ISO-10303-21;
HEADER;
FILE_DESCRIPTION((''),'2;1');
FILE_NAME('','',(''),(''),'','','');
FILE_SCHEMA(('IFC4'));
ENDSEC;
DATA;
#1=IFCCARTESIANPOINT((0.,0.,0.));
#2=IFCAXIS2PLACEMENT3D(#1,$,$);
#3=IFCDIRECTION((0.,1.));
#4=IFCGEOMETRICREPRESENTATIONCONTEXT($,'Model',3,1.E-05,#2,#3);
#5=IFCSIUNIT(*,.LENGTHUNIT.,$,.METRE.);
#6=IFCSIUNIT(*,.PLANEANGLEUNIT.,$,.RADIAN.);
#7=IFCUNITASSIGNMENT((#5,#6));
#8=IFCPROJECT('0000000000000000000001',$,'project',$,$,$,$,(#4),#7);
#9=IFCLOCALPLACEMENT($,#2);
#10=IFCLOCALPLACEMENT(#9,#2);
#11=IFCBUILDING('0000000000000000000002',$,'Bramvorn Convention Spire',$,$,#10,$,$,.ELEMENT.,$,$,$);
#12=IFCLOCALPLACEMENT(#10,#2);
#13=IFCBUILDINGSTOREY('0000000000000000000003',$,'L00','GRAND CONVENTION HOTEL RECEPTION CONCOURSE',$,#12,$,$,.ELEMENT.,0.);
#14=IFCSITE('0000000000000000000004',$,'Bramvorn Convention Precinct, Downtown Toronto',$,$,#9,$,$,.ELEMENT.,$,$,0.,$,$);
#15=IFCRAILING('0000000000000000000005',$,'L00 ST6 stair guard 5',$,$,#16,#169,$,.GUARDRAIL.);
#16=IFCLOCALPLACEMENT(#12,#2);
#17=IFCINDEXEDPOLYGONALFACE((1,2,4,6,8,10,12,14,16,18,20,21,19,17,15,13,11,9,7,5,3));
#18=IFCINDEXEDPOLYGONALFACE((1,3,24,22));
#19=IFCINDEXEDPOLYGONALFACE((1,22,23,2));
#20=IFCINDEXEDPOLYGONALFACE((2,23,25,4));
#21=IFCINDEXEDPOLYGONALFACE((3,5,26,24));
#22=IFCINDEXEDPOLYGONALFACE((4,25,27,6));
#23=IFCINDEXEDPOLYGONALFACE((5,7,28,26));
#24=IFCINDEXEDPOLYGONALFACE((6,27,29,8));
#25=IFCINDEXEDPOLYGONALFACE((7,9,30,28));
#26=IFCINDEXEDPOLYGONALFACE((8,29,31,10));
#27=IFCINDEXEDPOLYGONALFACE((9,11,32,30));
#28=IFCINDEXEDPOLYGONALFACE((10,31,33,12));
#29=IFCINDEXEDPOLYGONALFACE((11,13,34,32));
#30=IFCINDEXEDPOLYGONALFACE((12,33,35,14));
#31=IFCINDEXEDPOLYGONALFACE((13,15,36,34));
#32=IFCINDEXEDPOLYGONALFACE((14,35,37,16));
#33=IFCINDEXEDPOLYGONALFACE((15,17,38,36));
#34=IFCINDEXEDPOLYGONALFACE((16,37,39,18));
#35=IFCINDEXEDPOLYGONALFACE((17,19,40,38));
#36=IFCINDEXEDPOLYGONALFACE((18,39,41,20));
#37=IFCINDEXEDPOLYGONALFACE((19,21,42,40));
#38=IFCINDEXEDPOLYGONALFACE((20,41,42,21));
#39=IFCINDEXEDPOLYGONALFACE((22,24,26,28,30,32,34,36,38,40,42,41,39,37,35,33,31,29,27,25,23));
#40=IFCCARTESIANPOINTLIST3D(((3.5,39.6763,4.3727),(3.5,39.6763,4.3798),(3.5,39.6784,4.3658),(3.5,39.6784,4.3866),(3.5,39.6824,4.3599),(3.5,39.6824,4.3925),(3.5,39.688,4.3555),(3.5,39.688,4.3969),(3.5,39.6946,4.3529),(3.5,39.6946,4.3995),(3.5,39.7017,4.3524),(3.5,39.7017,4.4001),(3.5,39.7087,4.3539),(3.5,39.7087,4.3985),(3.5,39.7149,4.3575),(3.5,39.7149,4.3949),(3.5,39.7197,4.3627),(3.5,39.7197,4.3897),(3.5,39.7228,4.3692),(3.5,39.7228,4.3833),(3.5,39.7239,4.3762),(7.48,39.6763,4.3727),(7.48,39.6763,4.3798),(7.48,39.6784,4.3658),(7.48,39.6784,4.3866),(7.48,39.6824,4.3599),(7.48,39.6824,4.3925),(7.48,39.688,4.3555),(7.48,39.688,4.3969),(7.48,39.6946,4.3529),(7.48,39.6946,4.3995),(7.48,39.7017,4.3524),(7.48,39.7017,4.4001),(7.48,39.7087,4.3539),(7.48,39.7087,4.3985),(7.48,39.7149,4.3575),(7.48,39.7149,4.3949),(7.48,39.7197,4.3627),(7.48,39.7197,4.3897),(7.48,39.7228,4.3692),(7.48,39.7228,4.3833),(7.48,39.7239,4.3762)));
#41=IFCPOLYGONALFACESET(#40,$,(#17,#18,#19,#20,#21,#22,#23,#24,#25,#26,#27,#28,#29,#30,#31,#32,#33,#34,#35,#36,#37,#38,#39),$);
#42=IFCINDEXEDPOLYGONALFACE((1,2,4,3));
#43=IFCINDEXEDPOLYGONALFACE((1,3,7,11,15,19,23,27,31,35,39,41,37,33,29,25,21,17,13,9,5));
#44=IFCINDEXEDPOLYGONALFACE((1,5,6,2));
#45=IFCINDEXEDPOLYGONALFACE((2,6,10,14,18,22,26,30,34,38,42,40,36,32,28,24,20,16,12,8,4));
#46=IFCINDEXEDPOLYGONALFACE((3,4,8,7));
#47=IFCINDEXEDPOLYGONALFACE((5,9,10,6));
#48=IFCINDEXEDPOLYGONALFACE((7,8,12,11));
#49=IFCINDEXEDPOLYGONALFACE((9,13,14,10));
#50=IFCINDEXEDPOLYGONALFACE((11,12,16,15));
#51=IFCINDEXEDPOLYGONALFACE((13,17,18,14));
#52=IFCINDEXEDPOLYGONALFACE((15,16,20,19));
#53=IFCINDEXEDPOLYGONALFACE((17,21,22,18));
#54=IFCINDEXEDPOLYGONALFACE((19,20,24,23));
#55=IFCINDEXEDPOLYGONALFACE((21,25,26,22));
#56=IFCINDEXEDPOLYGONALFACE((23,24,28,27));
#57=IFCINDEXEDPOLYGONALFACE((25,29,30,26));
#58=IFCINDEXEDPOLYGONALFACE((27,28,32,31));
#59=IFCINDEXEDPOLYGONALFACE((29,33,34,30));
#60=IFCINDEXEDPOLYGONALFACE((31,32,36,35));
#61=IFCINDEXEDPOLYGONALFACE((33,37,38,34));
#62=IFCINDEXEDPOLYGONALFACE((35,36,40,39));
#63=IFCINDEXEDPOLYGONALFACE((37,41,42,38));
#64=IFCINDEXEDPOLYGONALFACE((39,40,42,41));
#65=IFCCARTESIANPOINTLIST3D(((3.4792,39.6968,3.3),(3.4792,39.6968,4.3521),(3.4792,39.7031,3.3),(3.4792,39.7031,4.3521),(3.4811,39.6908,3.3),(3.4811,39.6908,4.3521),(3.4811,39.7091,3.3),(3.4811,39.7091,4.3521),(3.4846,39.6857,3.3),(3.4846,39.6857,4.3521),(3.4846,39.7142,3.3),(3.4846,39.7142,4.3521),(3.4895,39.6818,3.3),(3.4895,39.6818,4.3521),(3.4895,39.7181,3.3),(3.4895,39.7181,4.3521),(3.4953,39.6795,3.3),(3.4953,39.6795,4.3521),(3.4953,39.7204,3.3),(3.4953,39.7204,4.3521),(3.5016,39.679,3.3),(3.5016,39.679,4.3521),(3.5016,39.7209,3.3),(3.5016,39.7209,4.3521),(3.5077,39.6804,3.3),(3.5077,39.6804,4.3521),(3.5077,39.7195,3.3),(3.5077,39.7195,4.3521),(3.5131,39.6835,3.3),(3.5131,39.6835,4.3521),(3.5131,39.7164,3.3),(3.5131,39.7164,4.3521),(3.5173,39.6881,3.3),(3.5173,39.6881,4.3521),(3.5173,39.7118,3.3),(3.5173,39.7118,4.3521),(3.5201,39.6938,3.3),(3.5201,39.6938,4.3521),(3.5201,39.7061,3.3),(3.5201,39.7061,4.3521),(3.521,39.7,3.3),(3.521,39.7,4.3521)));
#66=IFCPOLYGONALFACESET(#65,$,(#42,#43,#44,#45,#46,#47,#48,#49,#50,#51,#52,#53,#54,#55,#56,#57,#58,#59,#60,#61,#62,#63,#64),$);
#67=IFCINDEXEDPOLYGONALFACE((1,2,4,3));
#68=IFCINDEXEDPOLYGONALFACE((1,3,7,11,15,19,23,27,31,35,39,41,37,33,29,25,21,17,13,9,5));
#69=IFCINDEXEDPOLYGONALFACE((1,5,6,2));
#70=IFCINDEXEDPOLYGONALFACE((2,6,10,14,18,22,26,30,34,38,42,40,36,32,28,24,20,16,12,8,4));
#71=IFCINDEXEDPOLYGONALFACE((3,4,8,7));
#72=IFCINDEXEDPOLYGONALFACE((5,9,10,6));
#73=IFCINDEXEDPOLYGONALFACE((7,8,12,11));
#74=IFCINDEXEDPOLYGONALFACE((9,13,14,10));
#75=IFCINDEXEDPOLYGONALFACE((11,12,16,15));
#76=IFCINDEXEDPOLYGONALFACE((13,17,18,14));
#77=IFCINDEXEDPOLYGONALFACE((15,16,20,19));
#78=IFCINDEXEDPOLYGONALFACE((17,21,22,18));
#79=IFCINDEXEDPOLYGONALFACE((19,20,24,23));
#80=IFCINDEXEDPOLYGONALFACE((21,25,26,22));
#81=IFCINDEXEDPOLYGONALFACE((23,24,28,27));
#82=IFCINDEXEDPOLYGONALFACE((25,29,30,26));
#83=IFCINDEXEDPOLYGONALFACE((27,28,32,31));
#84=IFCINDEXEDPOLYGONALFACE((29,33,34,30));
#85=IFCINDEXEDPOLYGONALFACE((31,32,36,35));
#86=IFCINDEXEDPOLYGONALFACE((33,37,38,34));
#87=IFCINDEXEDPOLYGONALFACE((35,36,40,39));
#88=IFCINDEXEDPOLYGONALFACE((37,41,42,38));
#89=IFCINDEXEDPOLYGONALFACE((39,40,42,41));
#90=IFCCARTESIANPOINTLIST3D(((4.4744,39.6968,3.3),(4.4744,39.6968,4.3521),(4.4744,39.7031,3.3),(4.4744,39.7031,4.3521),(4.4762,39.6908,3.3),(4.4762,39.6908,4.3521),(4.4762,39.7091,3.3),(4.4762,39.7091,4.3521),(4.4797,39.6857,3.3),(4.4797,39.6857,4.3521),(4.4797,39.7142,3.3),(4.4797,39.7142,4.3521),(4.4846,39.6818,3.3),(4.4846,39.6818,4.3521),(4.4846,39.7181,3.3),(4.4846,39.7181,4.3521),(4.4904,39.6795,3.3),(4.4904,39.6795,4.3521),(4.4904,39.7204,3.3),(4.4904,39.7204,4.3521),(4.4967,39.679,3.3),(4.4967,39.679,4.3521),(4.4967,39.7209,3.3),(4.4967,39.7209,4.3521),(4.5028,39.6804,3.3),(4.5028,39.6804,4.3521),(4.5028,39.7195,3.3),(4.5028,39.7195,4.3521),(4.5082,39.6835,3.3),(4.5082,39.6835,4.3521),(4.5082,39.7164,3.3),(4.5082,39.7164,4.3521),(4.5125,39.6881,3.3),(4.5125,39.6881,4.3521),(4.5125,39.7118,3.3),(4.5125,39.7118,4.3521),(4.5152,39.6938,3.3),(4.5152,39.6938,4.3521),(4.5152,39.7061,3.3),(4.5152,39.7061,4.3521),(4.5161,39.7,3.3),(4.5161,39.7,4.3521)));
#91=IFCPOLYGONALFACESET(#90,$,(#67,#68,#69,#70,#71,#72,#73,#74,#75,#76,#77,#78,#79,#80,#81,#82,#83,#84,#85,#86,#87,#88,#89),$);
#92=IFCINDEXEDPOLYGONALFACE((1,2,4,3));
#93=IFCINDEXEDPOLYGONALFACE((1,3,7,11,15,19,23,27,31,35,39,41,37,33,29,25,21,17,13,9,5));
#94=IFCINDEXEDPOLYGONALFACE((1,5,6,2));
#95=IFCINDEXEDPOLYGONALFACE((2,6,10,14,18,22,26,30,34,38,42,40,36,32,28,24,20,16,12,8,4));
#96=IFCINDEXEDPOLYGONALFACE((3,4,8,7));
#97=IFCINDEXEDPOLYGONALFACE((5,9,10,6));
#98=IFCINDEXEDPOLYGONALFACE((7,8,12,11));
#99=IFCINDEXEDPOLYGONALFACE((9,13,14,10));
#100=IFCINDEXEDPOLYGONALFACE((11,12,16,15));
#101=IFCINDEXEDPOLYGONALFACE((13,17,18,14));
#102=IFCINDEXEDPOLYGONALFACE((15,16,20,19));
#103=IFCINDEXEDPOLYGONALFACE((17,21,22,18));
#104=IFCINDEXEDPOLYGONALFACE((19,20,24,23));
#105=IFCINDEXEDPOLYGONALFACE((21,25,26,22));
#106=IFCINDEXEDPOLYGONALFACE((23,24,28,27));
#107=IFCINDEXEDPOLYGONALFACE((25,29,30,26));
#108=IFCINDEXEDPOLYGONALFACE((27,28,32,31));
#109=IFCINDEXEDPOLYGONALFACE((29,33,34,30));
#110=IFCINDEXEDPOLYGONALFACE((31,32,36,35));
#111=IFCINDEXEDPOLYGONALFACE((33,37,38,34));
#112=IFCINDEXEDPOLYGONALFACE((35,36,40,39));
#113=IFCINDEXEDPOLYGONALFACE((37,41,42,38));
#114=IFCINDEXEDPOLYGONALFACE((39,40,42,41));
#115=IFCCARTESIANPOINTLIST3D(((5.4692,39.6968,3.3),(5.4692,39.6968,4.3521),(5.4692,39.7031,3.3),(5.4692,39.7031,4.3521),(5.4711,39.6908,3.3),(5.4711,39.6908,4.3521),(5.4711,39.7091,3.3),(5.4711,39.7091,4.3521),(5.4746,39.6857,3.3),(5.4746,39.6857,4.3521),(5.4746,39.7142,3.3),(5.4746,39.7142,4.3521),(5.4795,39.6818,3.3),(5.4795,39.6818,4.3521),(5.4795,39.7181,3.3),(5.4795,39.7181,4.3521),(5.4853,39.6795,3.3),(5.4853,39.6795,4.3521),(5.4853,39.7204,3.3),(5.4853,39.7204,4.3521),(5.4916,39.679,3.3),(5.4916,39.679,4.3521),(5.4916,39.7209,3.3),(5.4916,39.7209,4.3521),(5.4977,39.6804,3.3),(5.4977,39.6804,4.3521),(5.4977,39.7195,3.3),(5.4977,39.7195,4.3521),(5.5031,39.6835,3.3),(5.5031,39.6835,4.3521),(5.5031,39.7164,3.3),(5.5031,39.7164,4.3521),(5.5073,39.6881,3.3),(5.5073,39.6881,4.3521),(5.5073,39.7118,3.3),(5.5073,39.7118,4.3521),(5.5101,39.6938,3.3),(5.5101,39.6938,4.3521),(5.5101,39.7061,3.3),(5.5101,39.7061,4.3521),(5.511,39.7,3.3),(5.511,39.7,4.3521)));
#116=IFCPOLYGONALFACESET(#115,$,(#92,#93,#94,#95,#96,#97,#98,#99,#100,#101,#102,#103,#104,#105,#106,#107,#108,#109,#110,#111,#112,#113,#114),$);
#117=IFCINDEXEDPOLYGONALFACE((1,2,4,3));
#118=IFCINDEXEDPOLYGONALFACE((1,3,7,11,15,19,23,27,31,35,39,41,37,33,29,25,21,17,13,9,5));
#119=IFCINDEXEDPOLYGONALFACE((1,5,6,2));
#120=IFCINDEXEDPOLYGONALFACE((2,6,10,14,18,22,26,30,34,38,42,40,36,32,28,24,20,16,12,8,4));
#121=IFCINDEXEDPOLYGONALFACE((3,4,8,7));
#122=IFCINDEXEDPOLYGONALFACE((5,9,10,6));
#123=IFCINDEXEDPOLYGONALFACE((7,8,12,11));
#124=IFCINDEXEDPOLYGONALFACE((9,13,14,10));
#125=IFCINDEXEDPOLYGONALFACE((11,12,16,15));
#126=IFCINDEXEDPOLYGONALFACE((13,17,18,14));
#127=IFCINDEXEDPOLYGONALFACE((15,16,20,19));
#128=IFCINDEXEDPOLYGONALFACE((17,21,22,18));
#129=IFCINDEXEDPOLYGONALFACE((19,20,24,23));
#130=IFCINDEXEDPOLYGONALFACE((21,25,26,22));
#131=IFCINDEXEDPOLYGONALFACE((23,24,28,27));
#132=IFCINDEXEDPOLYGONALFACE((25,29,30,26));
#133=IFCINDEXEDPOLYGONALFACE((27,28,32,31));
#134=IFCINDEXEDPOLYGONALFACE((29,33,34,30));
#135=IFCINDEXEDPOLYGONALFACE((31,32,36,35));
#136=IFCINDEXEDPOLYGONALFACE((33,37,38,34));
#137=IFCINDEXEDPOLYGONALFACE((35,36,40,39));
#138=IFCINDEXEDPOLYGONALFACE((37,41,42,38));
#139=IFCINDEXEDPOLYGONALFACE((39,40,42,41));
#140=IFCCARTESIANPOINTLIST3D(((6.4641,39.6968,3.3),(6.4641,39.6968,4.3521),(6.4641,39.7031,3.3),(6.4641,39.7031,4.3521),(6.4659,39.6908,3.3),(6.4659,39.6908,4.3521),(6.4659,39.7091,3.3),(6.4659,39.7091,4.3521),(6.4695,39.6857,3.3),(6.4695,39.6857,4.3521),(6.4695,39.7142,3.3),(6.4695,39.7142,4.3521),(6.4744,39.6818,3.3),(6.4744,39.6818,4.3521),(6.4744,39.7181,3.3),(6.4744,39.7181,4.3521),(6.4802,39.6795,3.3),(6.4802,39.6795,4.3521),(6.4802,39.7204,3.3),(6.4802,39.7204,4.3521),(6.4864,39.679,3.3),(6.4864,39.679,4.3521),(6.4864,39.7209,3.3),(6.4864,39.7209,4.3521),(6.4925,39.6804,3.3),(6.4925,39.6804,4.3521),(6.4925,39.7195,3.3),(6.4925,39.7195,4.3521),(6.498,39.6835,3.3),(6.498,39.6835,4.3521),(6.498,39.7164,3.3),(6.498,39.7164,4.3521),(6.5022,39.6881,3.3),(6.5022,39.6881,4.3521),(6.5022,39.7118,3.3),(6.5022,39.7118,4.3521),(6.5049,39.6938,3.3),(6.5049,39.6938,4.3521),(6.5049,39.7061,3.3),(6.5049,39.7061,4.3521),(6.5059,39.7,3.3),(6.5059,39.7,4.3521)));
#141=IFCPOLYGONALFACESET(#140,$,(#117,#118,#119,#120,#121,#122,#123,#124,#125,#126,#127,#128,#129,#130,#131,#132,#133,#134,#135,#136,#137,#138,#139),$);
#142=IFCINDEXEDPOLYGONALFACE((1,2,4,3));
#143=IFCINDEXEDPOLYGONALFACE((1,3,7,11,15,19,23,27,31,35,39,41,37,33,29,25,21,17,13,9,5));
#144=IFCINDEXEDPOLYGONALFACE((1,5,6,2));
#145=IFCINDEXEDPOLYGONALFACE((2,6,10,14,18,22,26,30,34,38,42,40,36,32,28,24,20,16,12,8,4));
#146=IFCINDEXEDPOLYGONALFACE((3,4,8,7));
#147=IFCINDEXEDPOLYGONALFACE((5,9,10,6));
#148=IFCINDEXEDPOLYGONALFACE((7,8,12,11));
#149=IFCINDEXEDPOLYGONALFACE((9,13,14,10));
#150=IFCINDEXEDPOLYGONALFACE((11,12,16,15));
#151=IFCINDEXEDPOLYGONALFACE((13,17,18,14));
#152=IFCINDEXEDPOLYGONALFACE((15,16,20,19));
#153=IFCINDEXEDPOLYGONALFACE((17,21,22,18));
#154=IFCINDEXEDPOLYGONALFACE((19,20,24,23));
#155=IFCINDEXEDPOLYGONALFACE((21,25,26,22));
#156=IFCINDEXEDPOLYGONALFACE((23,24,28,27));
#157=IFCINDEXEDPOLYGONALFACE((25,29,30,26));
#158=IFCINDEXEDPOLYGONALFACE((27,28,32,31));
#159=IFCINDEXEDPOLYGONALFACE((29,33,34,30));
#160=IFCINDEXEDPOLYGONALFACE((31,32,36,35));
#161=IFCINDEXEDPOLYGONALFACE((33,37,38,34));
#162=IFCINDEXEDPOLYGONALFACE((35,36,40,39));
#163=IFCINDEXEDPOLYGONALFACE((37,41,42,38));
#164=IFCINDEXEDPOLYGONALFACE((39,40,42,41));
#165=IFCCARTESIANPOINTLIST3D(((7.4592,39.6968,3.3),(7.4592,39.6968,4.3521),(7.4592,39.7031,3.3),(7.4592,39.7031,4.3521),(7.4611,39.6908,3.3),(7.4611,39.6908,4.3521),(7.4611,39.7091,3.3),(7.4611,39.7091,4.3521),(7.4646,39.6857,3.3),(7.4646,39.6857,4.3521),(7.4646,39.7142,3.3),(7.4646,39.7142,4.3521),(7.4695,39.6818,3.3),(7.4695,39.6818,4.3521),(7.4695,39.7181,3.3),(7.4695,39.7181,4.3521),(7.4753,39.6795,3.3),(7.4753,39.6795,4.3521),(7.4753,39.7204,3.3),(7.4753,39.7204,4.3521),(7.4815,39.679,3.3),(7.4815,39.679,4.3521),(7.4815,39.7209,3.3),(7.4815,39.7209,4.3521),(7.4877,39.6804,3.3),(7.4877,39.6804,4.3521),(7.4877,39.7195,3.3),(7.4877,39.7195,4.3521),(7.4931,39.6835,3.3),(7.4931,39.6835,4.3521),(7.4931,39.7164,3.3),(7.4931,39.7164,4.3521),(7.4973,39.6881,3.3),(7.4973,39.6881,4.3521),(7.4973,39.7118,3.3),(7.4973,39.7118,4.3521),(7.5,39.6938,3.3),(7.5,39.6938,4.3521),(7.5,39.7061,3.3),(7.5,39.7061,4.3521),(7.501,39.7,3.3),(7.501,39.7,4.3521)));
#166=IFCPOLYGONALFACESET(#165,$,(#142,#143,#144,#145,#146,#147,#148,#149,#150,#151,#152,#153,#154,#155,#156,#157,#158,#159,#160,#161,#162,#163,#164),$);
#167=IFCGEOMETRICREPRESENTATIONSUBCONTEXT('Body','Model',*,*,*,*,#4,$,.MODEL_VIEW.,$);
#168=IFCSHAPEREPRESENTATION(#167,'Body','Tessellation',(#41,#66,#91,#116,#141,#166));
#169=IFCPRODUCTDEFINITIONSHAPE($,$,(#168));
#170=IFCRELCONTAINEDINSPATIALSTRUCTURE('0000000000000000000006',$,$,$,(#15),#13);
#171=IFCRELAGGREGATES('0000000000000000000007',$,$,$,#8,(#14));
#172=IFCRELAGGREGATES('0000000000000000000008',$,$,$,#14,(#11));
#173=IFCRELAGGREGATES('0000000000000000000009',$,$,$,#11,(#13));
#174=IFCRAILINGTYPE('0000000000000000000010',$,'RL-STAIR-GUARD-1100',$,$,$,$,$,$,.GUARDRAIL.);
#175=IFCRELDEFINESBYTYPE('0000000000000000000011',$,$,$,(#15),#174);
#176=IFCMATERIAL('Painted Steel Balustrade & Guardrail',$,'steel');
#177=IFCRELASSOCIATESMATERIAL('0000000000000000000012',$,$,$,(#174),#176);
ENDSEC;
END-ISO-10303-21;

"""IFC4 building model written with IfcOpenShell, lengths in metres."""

from ifc_helpers import new_model, si_unit, direction, frame, origin, origin_2d, place, context, subcontext, project, spatial, circle, extrude, material, type_object, element, save


model = new_model("IFC4")

# Units and contexts
model_context = context("Model", 3, precision=1e-05, world=origin(), true_north=direction((0.0, 1.0)))
body_context = subcontext(model_context, "Body", "Model", "MODEL_VIEW")
ifc_project = project(units=[si_unit("LENGTHUNIT", "METRE"), si_unit("PLANEANGLEUNIT", "RADIAN")], contexts=[model_context])

# Site, building, storey
site_placement = place(None, origin())
site = spatial("IfcSite", under=ifc_project, at=site_placement, Name="Bramvorn Convention Precinct, Downtown Toronto", CompositionType="ELEMENT", RefElevation=0.0)
building_placement = place(site_placement, origin())
building = spatial("IfcBuilding", under=site, at=building_placement, Name="Bramvorn Convention Spire", CompositionType="ELEMENT")
storey_placement = place(building_placement, origin())
storey = spatial("IfcBuildingStorey", under=building, at=storey_placement, Name="L00", Description="GRAND CONVENTION HOTEL RECEPTION CONCOURSE", CompositionType="ELEMENT", Elevation=0.0)

# Railing
ifc_material_1 = material(Name="Painted Steel Balustrade & Guardrail", Category="steel")
railing_type = type_object("IfcRailingType", Name="RL-STAIR-GUARD-1100", PredefinedType="GUARDRAIL", material=ifc_material_1)
railing_1_placement = place(storey_placement, frame((3.5, 39.7, 3.3)))
element("IfcRailing", 1, at=railing_1_placement, inside=storey, type_object=railing_type, Name="L00 ST6 stair guard 5", PredefinedType="GUARDRAIL", context=body_context, shape_type="SweptSolid", body=[
    extrude(circle(Radius=0.0239, at=origin_2d()), frame((0.0, 0.0, 1.0762), z_axis=(1.0, 0.0, 0.0), x_axis=(0.0, 1.0, 0.0)), (0.0, 0.0, 1.0), 3.98),
    extrude(circle(Radius=0.021, at=origin_2d()), origin(), (0.0, 0.0, 1.0), 1.052),
    extrude(circle(Radius=0.021, at=origin_2d()), frame((0.9951, 0.0, 0.0)), (0.0, 0.0, 1.0), 1.052),
    extrude(circle(Radius=0.021, at=origin_2d()), frame((1.99, 0.0, 0.0)), (0.0, 0.0, 1.0), 1.052),
    extrude(circle(Radius=0.021, at=origin_2d()), frame((2.9849, 0.0, 0.0)), (0.0, 0.0, 1.0), 1.052),
    extrude(circle(Radius=0.021, at=origin_2d()), frame((3.98, 0.0, 0.0)), (0.0, 0.0, 1.0), 1.052),
])

save(model, "model.ifc")
